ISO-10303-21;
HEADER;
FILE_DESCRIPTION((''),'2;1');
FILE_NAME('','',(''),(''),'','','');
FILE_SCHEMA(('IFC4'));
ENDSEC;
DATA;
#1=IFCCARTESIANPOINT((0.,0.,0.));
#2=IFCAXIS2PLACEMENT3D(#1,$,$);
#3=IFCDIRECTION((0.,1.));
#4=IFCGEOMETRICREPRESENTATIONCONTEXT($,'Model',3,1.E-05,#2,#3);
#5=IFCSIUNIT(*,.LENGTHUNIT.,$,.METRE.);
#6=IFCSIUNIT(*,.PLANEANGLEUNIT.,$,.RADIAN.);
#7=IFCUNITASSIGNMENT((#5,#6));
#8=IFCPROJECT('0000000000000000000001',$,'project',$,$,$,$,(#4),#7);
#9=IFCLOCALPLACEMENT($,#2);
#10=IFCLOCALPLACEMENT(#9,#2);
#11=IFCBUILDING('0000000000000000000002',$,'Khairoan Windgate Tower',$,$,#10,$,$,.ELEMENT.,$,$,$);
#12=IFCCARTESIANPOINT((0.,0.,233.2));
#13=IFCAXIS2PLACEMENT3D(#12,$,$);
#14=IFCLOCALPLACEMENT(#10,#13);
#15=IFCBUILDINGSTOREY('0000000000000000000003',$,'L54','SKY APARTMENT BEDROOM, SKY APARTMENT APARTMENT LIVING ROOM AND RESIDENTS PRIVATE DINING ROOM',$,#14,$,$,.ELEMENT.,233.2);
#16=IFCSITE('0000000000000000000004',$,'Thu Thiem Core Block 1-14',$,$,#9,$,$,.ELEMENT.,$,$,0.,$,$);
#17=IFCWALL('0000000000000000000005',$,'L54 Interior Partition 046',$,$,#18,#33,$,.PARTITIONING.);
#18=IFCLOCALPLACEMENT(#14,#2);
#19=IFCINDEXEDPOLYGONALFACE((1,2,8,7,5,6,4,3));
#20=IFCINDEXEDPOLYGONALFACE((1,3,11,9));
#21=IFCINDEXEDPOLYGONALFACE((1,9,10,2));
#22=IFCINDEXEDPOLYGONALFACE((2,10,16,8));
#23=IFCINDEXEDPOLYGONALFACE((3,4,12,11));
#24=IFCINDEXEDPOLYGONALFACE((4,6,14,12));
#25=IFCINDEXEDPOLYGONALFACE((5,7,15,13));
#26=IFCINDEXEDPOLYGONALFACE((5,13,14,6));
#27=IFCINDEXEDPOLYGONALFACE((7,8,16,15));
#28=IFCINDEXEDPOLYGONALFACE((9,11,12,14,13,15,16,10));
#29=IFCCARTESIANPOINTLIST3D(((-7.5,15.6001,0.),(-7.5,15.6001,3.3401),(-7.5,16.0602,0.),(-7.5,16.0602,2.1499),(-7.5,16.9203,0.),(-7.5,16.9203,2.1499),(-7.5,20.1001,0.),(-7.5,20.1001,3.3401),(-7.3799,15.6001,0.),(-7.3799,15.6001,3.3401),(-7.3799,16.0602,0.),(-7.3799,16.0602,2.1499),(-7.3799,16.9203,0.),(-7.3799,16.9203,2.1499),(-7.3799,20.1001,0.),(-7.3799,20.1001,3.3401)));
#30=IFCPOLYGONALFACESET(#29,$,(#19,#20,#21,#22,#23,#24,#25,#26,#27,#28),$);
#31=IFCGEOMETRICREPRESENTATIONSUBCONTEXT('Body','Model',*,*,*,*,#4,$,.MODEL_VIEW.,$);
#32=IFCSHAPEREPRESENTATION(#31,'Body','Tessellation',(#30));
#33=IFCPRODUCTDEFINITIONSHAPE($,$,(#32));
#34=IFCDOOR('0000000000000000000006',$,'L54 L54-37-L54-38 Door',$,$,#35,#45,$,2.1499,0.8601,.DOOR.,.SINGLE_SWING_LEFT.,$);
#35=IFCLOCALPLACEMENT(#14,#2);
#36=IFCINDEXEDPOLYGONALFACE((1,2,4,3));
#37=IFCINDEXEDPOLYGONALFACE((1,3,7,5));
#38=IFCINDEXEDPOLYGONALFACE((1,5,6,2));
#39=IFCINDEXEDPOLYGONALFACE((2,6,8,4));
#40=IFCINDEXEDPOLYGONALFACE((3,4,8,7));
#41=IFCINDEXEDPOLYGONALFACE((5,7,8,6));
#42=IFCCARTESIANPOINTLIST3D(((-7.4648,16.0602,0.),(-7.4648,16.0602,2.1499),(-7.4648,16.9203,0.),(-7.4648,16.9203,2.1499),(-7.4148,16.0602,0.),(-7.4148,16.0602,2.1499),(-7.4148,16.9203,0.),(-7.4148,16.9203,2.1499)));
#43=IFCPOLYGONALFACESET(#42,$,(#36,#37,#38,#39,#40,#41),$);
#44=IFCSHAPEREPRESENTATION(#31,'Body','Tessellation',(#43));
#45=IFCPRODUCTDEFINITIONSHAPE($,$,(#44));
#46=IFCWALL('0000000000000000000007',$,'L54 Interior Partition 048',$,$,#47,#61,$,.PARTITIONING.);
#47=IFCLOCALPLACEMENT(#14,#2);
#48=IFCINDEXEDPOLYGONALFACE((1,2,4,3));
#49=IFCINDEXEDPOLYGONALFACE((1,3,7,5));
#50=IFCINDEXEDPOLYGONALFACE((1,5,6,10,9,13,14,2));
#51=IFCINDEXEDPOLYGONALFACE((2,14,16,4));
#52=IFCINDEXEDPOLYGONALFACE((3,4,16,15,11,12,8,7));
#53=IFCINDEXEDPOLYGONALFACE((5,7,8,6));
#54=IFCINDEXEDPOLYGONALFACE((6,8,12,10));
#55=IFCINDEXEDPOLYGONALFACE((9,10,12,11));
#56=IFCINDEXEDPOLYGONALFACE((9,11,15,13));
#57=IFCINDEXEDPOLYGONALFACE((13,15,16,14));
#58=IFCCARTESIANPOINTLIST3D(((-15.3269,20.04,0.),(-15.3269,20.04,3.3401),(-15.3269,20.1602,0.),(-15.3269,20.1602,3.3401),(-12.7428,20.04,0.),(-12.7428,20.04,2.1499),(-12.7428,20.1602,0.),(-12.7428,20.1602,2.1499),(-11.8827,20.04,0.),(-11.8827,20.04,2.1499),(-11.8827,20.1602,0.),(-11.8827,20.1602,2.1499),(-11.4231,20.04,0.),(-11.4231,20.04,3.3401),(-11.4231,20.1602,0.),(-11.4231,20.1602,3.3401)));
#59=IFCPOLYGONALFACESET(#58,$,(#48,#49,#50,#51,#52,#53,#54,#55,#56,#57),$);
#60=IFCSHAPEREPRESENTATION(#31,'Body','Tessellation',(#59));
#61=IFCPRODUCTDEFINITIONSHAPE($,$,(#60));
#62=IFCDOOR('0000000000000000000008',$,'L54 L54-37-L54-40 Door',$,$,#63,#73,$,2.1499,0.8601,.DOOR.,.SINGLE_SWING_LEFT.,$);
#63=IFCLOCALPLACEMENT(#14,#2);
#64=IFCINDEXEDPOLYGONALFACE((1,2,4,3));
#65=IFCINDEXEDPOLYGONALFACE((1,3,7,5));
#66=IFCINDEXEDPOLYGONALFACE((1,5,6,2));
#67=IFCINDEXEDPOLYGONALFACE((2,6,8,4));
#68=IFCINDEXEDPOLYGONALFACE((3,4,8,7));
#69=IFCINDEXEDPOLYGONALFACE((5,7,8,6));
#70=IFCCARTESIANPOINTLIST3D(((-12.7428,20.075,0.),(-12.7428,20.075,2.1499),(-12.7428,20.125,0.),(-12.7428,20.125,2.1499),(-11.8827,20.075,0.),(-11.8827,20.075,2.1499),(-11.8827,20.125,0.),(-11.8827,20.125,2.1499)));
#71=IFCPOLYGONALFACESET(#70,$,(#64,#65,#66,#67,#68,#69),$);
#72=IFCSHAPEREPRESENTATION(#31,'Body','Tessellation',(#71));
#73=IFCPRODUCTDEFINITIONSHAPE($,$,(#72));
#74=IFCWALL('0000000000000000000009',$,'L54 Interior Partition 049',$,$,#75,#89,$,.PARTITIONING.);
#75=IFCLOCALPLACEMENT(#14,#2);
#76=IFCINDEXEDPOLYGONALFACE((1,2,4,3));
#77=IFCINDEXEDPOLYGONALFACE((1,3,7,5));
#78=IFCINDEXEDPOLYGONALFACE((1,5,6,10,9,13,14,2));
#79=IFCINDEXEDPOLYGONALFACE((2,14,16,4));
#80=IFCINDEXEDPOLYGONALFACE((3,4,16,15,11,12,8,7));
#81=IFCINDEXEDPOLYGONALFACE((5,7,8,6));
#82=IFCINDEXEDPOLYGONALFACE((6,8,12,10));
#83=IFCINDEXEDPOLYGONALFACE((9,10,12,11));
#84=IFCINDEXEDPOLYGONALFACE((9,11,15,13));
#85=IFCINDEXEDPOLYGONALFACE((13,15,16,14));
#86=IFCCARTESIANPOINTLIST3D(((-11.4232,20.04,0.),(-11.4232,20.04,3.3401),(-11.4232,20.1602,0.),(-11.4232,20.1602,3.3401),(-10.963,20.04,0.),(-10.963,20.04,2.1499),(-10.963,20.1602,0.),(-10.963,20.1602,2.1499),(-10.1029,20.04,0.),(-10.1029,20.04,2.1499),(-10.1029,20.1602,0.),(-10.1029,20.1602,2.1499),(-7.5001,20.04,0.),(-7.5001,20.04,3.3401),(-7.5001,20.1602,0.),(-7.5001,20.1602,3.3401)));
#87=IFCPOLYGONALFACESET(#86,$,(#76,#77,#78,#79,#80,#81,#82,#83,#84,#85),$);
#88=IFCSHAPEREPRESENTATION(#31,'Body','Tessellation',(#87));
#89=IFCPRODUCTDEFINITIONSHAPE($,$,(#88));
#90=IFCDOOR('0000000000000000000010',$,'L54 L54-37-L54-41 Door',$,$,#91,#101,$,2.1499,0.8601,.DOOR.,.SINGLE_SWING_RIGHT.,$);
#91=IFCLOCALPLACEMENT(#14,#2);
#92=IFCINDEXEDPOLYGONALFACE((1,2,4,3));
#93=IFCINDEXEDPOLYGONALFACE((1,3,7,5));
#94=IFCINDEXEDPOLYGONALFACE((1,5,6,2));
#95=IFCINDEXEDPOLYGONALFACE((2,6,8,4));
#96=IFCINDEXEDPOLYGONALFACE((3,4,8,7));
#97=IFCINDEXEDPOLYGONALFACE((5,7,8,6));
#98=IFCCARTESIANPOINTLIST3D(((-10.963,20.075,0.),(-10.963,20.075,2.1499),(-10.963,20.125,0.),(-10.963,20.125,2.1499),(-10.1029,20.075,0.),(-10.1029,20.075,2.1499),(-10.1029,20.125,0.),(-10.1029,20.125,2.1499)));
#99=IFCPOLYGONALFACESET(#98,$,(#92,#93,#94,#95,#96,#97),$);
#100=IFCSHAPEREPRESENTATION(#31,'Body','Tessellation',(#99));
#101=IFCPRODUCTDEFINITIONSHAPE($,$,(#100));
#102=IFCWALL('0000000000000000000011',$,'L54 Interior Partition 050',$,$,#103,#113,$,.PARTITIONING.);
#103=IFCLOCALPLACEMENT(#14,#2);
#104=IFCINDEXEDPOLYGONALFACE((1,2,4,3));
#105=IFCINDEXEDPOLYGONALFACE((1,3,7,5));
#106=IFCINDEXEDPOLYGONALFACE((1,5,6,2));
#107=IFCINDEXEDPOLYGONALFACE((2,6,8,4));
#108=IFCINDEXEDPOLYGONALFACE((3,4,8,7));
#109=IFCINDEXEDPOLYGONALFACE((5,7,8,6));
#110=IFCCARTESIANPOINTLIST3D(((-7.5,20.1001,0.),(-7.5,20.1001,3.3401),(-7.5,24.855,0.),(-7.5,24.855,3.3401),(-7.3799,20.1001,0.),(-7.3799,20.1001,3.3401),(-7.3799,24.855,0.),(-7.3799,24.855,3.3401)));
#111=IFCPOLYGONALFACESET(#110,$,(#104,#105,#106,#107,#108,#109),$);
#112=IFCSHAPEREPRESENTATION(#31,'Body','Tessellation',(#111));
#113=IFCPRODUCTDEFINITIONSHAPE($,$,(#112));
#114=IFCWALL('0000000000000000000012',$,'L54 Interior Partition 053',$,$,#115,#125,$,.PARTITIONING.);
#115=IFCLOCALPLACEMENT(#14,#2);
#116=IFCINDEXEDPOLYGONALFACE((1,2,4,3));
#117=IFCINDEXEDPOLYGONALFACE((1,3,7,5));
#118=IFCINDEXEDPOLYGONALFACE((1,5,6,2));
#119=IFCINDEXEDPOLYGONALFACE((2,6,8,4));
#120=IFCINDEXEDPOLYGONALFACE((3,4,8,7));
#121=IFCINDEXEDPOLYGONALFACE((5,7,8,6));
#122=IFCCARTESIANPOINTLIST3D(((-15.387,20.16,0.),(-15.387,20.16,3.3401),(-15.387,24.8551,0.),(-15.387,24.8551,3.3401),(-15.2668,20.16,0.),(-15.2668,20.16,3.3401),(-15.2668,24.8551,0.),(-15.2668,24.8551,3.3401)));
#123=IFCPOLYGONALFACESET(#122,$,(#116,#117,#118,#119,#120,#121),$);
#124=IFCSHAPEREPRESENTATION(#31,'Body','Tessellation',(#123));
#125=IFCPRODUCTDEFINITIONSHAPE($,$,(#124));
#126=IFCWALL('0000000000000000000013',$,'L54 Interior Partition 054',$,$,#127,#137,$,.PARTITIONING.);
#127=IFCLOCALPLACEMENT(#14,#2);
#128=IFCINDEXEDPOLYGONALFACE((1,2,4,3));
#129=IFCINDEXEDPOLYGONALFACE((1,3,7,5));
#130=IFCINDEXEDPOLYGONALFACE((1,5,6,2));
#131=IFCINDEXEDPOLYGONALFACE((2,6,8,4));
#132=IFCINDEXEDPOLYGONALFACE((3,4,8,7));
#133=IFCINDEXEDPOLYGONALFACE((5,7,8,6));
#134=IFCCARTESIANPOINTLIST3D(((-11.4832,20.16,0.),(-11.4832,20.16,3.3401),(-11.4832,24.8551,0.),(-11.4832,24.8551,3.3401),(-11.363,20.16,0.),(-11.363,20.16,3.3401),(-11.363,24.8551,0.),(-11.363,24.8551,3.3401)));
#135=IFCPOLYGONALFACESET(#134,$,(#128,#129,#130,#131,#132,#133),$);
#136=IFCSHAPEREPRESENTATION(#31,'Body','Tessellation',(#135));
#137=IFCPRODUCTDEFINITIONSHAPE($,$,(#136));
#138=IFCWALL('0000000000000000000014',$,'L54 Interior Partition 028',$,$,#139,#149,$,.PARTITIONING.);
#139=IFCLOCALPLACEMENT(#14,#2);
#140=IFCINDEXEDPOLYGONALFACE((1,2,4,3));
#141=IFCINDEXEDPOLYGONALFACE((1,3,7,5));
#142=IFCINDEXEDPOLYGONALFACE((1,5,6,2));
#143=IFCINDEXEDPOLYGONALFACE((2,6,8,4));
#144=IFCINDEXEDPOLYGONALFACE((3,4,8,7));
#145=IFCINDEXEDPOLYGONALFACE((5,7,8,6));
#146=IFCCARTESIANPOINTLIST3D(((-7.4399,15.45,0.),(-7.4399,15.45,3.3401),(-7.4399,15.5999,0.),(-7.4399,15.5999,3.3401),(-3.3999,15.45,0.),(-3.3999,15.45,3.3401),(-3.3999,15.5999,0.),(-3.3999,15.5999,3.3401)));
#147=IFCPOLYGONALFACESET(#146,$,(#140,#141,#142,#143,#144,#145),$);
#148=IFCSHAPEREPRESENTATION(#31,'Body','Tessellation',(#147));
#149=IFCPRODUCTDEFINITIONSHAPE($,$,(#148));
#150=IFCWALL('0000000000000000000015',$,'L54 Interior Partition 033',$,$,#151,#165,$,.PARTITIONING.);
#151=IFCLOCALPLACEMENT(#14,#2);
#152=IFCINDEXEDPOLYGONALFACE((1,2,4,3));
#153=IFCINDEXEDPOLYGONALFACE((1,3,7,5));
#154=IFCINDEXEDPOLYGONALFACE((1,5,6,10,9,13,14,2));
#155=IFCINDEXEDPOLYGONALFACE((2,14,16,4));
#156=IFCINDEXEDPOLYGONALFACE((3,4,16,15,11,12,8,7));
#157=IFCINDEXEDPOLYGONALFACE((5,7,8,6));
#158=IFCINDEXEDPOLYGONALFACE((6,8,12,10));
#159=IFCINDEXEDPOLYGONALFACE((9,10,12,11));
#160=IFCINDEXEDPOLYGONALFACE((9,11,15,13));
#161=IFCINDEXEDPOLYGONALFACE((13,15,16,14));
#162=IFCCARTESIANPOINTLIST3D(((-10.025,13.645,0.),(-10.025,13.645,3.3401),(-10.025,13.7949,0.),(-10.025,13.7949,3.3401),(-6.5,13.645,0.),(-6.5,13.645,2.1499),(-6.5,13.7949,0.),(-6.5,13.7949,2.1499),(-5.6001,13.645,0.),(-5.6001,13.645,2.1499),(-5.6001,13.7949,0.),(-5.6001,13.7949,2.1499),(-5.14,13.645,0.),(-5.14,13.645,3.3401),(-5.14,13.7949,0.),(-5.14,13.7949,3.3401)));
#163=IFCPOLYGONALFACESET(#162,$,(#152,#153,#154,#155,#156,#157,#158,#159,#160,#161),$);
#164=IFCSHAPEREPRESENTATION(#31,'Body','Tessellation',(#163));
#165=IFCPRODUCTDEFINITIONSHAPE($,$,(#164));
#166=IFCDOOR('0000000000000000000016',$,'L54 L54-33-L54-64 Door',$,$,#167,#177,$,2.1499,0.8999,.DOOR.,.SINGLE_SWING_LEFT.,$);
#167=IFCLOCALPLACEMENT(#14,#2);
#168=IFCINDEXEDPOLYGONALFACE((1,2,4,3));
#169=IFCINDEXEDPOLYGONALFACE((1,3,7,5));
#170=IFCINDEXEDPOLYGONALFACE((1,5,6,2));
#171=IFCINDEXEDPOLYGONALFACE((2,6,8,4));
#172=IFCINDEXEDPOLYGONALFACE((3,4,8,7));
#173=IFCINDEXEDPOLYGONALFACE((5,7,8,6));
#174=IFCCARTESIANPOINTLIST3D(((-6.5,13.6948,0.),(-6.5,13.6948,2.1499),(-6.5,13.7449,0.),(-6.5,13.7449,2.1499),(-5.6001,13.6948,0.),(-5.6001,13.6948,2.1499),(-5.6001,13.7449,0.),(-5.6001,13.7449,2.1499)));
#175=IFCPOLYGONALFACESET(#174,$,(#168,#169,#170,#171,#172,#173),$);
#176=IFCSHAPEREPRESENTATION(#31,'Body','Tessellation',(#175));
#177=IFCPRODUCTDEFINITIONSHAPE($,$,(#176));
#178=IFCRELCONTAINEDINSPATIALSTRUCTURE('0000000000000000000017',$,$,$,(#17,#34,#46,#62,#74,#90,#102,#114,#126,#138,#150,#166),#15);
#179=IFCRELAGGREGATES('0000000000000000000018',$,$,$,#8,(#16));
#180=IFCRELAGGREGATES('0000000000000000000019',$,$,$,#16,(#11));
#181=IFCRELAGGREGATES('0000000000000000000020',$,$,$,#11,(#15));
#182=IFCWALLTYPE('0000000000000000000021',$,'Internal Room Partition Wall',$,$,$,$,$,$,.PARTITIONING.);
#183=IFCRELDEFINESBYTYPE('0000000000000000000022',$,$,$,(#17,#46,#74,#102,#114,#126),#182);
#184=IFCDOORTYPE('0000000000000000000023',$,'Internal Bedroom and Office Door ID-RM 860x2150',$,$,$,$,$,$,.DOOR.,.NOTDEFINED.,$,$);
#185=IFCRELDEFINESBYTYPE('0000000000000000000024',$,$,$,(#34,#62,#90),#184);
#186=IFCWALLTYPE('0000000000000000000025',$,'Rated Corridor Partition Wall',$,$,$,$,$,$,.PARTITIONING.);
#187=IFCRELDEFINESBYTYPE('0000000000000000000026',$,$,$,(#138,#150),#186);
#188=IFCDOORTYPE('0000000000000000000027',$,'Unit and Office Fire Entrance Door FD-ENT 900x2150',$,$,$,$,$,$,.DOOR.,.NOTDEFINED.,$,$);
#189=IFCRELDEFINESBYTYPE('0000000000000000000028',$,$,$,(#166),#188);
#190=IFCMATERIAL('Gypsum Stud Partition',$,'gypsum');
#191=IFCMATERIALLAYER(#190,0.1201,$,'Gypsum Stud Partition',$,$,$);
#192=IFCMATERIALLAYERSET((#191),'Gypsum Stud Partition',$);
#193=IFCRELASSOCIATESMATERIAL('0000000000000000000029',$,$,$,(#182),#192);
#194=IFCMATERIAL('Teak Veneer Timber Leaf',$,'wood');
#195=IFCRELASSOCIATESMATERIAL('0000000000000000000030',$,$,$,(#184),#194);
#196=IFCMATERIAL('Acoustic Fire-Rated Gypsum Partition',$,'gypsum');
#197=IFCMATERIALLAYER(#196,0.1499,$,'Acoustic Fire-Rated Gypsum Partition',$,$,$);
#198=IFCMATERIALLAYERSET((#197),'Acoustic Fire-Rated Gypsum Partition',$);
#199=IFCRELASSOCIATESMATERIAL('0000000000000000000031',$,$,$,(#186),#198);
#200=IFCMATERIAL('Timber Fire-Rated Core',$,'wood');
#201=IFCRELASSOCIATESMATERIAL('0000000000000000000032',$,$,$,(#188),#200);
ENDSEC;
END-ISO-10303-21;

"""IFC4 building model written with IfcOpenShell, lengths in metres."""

from ifc_helpers import new_model, si_unit, direction, frame, frame_2d, origin, place, context, subcontext, project, spatial, rectangle, extrude, material, layer, layer_set, type_object, element, fill, save


model = new_model("IFC4")

# Units and contexts
model_context = context("Model", 3, precision=1e-05, world=origin(), true_north=direction((0.0, 1.0)))
body_context = subcontext(model_context, "Body", "Model", "MODEL_VIEW")
ifc_project = project(units=[si_unit("LENGTHUNIT", "METRE"), si_unit("PLANEANGLEUNIT", "RADIAN")], contexts=[model_context])

# Site, building, storey
site_placement = place(None, origin())
site = spatial("IfcSite", under=ifc_project, at=site_placement, Name="Thu Thiem Core Block 1-14", CompositionType="ELEMENT", RefElevation=0.0)
building_placement = place(site_placement, origin())
building = spatial("IfcBuilding", under=site, at=building_placement, Name="Khairoan Windgate Tower", CompositionType="ELEMENT")
storey_placement = place(building_placement, frame((0.0, 0.0, 233.2)))
storey = spatial("IfcBuildingStorey", under=building, at=storey_placement, Name="L54", Description="SKY APARTMENT BEDROOM, SKY APARTMENT APARTMENT LIVING ROOM AND RESIDENTS PRIVATE DINING ROOM", CompositionType="ELEMENT", Elevation=233.2)

# Walls, openings, doors
ifc_material_1 = material(Name="Gypsum Stud Partition", Category="gypsum")
ifc_layer_1 = layer(ifc_material_1, 0.1201, Name="Gypsum Stud Partition")
ifc_layer_set_1 = layer_set([ifc_layer_1], Name="Gypsum Stud Partition")
wall_type_1 = type_object("IfcWallType", Name="Internal Room Partition Wall", PredefinedType="PARTITIONING", material=ifc_layer_set_1)
wall_1_placement = place(storey_placement, frame((-7.4399, 15.6001, 0.0), z_axis=(0.0, 0.0, 1.0), x_axis=(0.0, 1.0, 0.0)))
wall_1 = element("IfcWall", 1, at=wall_1_placement, inside=storey, type_object=wall_type_1, Name="L54 Interior Partition 046", PredefinedType="PARTITIONING", context=body_context, shape_type="SweptSolid", body=[
    extrude(rectangle(XDim=4.5, YDim=0.1201, at=frame_2d((2.25, 0.0))), origin(), (0.0, 0.0, 1.0), 3.3401),
])
opening_1_placement = place(wall_1_placement, frame((0.46, 0.0, 0.0)))
opening_1 = element("IfcOpeningElement", 2, at=opening_1_placement, cuts=wall_1, PredefinedType="OPENING", context=body_context, shape_type="SweptSolid", body=[
    extrude(rectangle(XDim=0.8601, YDim=2.1499, at=frame_2d((0.4302, 1.075))), frame((0.0, 0.0701, 0.0), z_axis=(0.0, -1.0, 0.0), x_axis=(1.0, 0.0, 0.0)), (0.0, 0.0, 1.0), 0.1401),
])
ifc_material_2 = material(Name="Teak Veneer Timber Leaf", Category="wood")
door_type_1 = type_object("IfcDoorType", Name="Internal Bedroom and Office Door ID-RM 860x2150", OperationType="NOTDEFINED", PredefinedType="DOOR", material=ifc_material_2)
door_1_placement = place(opening_1_placement, origin())
door_1 = element("IfcDoor", 3, at=door_1_placement, inside=storey, type_object=door_type_1, Name="L54 L54-37-L54-38 Door", OperationType="SINGLE_SWING_LEFT", OverallHeight=2.1499, OverallWidth=0.8601, PredefinedType="DOOR", context=body_context, shape_type="SweptSolid", body=[
    extrude(rectangle(XDim=0.8601, YDim=2.1499, at=frame_2d((0.4302, 1.075))), frame((0.0, 0.0249, 0.0), z_axis=(0.0, -1.0, 0.0), x_axis=(1.0, 0.0, 0.0)), (0.0, 0.0, 1.0), 0.05),
])
fill(opening_1, door_1)
wall_2_placement = place(storey_placement, frame((-15.3269, 20.1001, 0.0), z_axis=(0.0, 0.0, 1.0), x_axis=(1.0, 0.0, 0.0)))
wall_2 = element("IfcWall", 4, at=wall_2_placement, inside=storey, type_object=wall_type_1, Name="L54 Interior Partition 048", PredefinedType="PARTITIONING", context=body_context, shape_type="SweptSolid", body=[
    extrude(rectangle(XDim=3.9038, YDim=0.1201, at=frame_2d((1.9519, 0.0))), origin(), (0.0, 0.0, 1.0), 3.3401),
])
opening_2_placement = place(wall_2_placement, frame((2.584, 0.0, 0.0)))
opening_2 = element("IfcOpeningElement", 5, at=opening_2_placement, cuts=wall_2, PredefinedType="OPENING", context=body_context, shape_type="SweptSolid", body=[
    extrude(rectangle(XDim=0.8601, YDim=2.1499, at=frame_2d((0.4302, 1.075))), frame((0.0, 0.0701, 0.0), z_axis=(0.0, -1.0, 0.0), x_axis=(1.0, 0.0, 0.0)), (0.0, 0.0, 1.0), 0.1401),
])
door_2_placement = place(opening_2_placement, origin())
door_2 = element("IfcDoor", 6, at=door_2_placement, inside=storey, type_object=door_type_1, Name="L54 L54-37-L54-40 Door", OperationType="SINGLE_SWING_LEFT", OverallHeight=2.1499, OverallWidth=0.8601, PredefinedType="DOOR", context=body_context, shape_type="SweptSolid", body=[
    extrude(rectangle(XDim=0.8601, YDim=2.1499, at=frame_2d((0.4302, 1.075))), frame((0.0, 0.0249, 0.0), z_axis=(0.0, -1.0, 0.0), x_axis=(1.0, 0.0, 0.0)), (0.0, 0.0, 1.0), 0.05),
])
fill(opening_2, door_2)
wall_3_placement = place(storey_placement, frame((-11.4231, 20.1001, 0.0), z_axis=(0.0, 0.0, 1.0), x_axis=(1.0, 0.0, 0.0)))
wall_3 = element("IfcWall", 7, at=wall_3_placement, inside=storey, type_object=wall_type_1, Name="L54 Interior Partition 049", PredefinedType="PARTITIONING", context=body_context, shape_type="SweptSolid", body=[
    extrude(rectangle(XDim=3.9231, YDim=0.1201, at=frame_2d((1.9614, 0.0))), origin(), (0.0, 0.0, 1.0), 3.3401),
])
opening_3_placement = place(wall_3_placement, frame((0.46, 0.0, 0.0)))
opening_3 = element("IfcOpeningElement", 8, at=opening_3_placement, cuts=wall_3, PredefinedType="OPENING", context=body_context, shape_type="SweptSolid", body=[
    extrude(rectangle(XDim=0.8601, YDim=2.1499, at=frame_2d((0.4302, 1.075))), frame((0.0, 0.0701, 0.0), z_axis=(0.0, -1.0, 0.0), x_axis=(1.0, 0.0, 0.0)), (0.0, 0.0, 1.0), 0.1401),
])
door_3_placement = place(opening_3_placement, origin())
door_3 = element("IfcDoor", 9, at=door_3_placement, inside=storey, type_object=door_type_1, Name="L54 L54-37-L54-41 Door", OperationType="SINGLE_SWING_RIGHT", OverallHeight=2.1499, OverallWidth=0.8601, PredefinedType="DOOR", context=body_context, shape_type="SweptSolid", body=[
    extrude(rectangle(XDim=0.8601, YDim=2.1499, at=frame_2d((0.4302, 1.075))), frame((0.0, 0.0249, 0.0), z_axis=(0.0, -1.0, 0.0), x_axis=(1.0, 0.0, 0.0)), (0.0, 0.0, 1.0), 0.05),
])
fill(opening_3, door_3)

# Walls
wall_4_placement = place(storey_placement, frame((-7.4399, 20.1001, 0.0), z_axis=(0.0, 0.0, 1.0), x_axis=(0.0, 1.0, 0.0)))
element("IfcWall", 10, at=wall_4_placement, inside=storey, type_object=wall_type_1, Name="L54 Interior Partition 050", PredefinedType="PARTITIONING", context=body_context, shape_type="SweptSolid", body=[
    extrude(rectangle(XDim=4.7549, YDim=0.1201, at=frame_2d((2.3774, 0.0))), origin(), (0.0, 0.0, 1.0), 3.3401),
])
for number, where, z_axis, x_axis, name in (
    (11, (-15.3269, 20.1599, 0.0), (0.0, 0.0, 1.0), (0.0, 1.0, 0.0), "L54 Interior Partition 053"),
    (12, (-11.4231, 20.1599, 0.0), (0.0, 0.0, 1.0), (0.0, 1.0, 0.0), "L54 Interior Partition 054"),
):
    element("IfcWall", number, at=place(storey_placement, frame(where, z_axis=z_axis, x_axis=x_axis)), inside=storey, type_object=wall_type_1, Name=name, PredefinedType="PARTITIONING", context=body_context, shape_type="SweptSolid", body=[
        extrude(rectangle(XDim=4.6951, YDim=0.1201, at=frame_2d((2.3477, 0.0))), origin(), (0.0, 0.0, 1.0), 3.3401),
    ])
ifc_material_3 = material(Name="Acoustic Fire-Rated Gypsum Partition", Category="gypsum")
ifc_layer_2 = layer(ifc_material_3, 0.1499, Name="Acoustic Fire-Rated Gypsum Partition")
ifc_layer_set_2 = layer_set([ifc_layer_2], Name="Acoustic Fire-Rated Gypsum Partition")
wall_type_2 = type_object("IfcWallType", Name="Rated Corridor Partition Wall", PredefinedType="PARTITIONING", material=ifc_layer_set_2)
wall_5_placement = place(storey_placement, frame((-7.4399, 15.5249, 0.0), z_axis=(0.0, 0.0, 1.0), x_axis=(1.0, 0.0, 0.0)))
element("IfcWall", 13, at=wall_5_placement, inside=storey, type_object=wall_type_2, Name="L54 Interior Partition 028", PredefinedType="PARTITIONING", context=body_context, shape_type="SweptSolid", body=[
    extrude(rectangle(XDim=4.04, YDim=0.1499, at=frame_2d((2.02, 0.0))), origin(), (0.0, 0.0, 1.0), 3.3401),
])

# Wall, opening, door
wall_6_placement = place(storey_placement, frame((-10.0249, 13.72, 0.0), z_axis=(0.0, 0.0, 1.0), x_axis=(1.0, 0.0, 0.0)))
wall_6 = element("IfcWall", 14, at=wall_6_placement, inside=storey, type_object=wall_type_2, Name="L54 Interior Partition 033", PredefinedType="PARTITIONING", context=body_context, shape_type="SweptSolid", body=[
    extrude(rectangle(XDim=4.885, YDim=0.1499, at=frame_2d((2.4424, 0.0))), origin(), (0.0, 0.0, 1.0), 3.3401),
])
opening_4_placement = place(wall_6_placement, frame((3.5249, 0.0, 0.0)))
opening_4 = element("IfcOpeningElement", 15, at=opening_4_placement, cuts=wall_6, PredefinedType="OPENING", context=body_context, shape_type="SweptSolid", body=[
    extrude(rectangle(XDim=0.8999, YDim=2.1499, at=frame_2d((0.45, 1.075))), frame((0.0, 0.085, 0.0), z_axis=(0.0, -1.0, 0.0), x_axis=(1.0, 0.0, 0.0)), (0.0, 0.0, 1.0), 0.1699),
])
ifc_material_4 = material(Name="Timber Fire-Rated Core", Category="wood")
door_type_2 = type_object("IfcDoorType", Name="Unit and Office Fire Entrance Door FD-ENT 900x2150", OperationType="NOTDEFINED", PredefinedType="DOOR", material=ifc_material_4)
door_4_placement = place(opening_4_placement, origin())
door_4 = element("IfcDoor", 16, at=door_4_placement, inside=storey, type_object=door_type_2, Name="L54 L54-33-L54-64 Door", OperationType="SINGLE_SWING_LEFT", OverallHeight=2.1499, OverallWidth=0.8999, PredefinedType="DOOR", context=body_context, shape_type="SweptSolid", body=[
    extrude(rectangle(XDim=0.8999, YDim=2.1499, at=frame_2d((0.45, 1.075))), frame((0.0, 0.0249, 0.0), z_axis=(0.0, -1.0, 0.0), x_axis=(1.0, 0.0, 0.0)), (0.0, 0.0, 1.0), 0.05),
])
fill(opening_4, door_4)

save(model, "model.ifc")
